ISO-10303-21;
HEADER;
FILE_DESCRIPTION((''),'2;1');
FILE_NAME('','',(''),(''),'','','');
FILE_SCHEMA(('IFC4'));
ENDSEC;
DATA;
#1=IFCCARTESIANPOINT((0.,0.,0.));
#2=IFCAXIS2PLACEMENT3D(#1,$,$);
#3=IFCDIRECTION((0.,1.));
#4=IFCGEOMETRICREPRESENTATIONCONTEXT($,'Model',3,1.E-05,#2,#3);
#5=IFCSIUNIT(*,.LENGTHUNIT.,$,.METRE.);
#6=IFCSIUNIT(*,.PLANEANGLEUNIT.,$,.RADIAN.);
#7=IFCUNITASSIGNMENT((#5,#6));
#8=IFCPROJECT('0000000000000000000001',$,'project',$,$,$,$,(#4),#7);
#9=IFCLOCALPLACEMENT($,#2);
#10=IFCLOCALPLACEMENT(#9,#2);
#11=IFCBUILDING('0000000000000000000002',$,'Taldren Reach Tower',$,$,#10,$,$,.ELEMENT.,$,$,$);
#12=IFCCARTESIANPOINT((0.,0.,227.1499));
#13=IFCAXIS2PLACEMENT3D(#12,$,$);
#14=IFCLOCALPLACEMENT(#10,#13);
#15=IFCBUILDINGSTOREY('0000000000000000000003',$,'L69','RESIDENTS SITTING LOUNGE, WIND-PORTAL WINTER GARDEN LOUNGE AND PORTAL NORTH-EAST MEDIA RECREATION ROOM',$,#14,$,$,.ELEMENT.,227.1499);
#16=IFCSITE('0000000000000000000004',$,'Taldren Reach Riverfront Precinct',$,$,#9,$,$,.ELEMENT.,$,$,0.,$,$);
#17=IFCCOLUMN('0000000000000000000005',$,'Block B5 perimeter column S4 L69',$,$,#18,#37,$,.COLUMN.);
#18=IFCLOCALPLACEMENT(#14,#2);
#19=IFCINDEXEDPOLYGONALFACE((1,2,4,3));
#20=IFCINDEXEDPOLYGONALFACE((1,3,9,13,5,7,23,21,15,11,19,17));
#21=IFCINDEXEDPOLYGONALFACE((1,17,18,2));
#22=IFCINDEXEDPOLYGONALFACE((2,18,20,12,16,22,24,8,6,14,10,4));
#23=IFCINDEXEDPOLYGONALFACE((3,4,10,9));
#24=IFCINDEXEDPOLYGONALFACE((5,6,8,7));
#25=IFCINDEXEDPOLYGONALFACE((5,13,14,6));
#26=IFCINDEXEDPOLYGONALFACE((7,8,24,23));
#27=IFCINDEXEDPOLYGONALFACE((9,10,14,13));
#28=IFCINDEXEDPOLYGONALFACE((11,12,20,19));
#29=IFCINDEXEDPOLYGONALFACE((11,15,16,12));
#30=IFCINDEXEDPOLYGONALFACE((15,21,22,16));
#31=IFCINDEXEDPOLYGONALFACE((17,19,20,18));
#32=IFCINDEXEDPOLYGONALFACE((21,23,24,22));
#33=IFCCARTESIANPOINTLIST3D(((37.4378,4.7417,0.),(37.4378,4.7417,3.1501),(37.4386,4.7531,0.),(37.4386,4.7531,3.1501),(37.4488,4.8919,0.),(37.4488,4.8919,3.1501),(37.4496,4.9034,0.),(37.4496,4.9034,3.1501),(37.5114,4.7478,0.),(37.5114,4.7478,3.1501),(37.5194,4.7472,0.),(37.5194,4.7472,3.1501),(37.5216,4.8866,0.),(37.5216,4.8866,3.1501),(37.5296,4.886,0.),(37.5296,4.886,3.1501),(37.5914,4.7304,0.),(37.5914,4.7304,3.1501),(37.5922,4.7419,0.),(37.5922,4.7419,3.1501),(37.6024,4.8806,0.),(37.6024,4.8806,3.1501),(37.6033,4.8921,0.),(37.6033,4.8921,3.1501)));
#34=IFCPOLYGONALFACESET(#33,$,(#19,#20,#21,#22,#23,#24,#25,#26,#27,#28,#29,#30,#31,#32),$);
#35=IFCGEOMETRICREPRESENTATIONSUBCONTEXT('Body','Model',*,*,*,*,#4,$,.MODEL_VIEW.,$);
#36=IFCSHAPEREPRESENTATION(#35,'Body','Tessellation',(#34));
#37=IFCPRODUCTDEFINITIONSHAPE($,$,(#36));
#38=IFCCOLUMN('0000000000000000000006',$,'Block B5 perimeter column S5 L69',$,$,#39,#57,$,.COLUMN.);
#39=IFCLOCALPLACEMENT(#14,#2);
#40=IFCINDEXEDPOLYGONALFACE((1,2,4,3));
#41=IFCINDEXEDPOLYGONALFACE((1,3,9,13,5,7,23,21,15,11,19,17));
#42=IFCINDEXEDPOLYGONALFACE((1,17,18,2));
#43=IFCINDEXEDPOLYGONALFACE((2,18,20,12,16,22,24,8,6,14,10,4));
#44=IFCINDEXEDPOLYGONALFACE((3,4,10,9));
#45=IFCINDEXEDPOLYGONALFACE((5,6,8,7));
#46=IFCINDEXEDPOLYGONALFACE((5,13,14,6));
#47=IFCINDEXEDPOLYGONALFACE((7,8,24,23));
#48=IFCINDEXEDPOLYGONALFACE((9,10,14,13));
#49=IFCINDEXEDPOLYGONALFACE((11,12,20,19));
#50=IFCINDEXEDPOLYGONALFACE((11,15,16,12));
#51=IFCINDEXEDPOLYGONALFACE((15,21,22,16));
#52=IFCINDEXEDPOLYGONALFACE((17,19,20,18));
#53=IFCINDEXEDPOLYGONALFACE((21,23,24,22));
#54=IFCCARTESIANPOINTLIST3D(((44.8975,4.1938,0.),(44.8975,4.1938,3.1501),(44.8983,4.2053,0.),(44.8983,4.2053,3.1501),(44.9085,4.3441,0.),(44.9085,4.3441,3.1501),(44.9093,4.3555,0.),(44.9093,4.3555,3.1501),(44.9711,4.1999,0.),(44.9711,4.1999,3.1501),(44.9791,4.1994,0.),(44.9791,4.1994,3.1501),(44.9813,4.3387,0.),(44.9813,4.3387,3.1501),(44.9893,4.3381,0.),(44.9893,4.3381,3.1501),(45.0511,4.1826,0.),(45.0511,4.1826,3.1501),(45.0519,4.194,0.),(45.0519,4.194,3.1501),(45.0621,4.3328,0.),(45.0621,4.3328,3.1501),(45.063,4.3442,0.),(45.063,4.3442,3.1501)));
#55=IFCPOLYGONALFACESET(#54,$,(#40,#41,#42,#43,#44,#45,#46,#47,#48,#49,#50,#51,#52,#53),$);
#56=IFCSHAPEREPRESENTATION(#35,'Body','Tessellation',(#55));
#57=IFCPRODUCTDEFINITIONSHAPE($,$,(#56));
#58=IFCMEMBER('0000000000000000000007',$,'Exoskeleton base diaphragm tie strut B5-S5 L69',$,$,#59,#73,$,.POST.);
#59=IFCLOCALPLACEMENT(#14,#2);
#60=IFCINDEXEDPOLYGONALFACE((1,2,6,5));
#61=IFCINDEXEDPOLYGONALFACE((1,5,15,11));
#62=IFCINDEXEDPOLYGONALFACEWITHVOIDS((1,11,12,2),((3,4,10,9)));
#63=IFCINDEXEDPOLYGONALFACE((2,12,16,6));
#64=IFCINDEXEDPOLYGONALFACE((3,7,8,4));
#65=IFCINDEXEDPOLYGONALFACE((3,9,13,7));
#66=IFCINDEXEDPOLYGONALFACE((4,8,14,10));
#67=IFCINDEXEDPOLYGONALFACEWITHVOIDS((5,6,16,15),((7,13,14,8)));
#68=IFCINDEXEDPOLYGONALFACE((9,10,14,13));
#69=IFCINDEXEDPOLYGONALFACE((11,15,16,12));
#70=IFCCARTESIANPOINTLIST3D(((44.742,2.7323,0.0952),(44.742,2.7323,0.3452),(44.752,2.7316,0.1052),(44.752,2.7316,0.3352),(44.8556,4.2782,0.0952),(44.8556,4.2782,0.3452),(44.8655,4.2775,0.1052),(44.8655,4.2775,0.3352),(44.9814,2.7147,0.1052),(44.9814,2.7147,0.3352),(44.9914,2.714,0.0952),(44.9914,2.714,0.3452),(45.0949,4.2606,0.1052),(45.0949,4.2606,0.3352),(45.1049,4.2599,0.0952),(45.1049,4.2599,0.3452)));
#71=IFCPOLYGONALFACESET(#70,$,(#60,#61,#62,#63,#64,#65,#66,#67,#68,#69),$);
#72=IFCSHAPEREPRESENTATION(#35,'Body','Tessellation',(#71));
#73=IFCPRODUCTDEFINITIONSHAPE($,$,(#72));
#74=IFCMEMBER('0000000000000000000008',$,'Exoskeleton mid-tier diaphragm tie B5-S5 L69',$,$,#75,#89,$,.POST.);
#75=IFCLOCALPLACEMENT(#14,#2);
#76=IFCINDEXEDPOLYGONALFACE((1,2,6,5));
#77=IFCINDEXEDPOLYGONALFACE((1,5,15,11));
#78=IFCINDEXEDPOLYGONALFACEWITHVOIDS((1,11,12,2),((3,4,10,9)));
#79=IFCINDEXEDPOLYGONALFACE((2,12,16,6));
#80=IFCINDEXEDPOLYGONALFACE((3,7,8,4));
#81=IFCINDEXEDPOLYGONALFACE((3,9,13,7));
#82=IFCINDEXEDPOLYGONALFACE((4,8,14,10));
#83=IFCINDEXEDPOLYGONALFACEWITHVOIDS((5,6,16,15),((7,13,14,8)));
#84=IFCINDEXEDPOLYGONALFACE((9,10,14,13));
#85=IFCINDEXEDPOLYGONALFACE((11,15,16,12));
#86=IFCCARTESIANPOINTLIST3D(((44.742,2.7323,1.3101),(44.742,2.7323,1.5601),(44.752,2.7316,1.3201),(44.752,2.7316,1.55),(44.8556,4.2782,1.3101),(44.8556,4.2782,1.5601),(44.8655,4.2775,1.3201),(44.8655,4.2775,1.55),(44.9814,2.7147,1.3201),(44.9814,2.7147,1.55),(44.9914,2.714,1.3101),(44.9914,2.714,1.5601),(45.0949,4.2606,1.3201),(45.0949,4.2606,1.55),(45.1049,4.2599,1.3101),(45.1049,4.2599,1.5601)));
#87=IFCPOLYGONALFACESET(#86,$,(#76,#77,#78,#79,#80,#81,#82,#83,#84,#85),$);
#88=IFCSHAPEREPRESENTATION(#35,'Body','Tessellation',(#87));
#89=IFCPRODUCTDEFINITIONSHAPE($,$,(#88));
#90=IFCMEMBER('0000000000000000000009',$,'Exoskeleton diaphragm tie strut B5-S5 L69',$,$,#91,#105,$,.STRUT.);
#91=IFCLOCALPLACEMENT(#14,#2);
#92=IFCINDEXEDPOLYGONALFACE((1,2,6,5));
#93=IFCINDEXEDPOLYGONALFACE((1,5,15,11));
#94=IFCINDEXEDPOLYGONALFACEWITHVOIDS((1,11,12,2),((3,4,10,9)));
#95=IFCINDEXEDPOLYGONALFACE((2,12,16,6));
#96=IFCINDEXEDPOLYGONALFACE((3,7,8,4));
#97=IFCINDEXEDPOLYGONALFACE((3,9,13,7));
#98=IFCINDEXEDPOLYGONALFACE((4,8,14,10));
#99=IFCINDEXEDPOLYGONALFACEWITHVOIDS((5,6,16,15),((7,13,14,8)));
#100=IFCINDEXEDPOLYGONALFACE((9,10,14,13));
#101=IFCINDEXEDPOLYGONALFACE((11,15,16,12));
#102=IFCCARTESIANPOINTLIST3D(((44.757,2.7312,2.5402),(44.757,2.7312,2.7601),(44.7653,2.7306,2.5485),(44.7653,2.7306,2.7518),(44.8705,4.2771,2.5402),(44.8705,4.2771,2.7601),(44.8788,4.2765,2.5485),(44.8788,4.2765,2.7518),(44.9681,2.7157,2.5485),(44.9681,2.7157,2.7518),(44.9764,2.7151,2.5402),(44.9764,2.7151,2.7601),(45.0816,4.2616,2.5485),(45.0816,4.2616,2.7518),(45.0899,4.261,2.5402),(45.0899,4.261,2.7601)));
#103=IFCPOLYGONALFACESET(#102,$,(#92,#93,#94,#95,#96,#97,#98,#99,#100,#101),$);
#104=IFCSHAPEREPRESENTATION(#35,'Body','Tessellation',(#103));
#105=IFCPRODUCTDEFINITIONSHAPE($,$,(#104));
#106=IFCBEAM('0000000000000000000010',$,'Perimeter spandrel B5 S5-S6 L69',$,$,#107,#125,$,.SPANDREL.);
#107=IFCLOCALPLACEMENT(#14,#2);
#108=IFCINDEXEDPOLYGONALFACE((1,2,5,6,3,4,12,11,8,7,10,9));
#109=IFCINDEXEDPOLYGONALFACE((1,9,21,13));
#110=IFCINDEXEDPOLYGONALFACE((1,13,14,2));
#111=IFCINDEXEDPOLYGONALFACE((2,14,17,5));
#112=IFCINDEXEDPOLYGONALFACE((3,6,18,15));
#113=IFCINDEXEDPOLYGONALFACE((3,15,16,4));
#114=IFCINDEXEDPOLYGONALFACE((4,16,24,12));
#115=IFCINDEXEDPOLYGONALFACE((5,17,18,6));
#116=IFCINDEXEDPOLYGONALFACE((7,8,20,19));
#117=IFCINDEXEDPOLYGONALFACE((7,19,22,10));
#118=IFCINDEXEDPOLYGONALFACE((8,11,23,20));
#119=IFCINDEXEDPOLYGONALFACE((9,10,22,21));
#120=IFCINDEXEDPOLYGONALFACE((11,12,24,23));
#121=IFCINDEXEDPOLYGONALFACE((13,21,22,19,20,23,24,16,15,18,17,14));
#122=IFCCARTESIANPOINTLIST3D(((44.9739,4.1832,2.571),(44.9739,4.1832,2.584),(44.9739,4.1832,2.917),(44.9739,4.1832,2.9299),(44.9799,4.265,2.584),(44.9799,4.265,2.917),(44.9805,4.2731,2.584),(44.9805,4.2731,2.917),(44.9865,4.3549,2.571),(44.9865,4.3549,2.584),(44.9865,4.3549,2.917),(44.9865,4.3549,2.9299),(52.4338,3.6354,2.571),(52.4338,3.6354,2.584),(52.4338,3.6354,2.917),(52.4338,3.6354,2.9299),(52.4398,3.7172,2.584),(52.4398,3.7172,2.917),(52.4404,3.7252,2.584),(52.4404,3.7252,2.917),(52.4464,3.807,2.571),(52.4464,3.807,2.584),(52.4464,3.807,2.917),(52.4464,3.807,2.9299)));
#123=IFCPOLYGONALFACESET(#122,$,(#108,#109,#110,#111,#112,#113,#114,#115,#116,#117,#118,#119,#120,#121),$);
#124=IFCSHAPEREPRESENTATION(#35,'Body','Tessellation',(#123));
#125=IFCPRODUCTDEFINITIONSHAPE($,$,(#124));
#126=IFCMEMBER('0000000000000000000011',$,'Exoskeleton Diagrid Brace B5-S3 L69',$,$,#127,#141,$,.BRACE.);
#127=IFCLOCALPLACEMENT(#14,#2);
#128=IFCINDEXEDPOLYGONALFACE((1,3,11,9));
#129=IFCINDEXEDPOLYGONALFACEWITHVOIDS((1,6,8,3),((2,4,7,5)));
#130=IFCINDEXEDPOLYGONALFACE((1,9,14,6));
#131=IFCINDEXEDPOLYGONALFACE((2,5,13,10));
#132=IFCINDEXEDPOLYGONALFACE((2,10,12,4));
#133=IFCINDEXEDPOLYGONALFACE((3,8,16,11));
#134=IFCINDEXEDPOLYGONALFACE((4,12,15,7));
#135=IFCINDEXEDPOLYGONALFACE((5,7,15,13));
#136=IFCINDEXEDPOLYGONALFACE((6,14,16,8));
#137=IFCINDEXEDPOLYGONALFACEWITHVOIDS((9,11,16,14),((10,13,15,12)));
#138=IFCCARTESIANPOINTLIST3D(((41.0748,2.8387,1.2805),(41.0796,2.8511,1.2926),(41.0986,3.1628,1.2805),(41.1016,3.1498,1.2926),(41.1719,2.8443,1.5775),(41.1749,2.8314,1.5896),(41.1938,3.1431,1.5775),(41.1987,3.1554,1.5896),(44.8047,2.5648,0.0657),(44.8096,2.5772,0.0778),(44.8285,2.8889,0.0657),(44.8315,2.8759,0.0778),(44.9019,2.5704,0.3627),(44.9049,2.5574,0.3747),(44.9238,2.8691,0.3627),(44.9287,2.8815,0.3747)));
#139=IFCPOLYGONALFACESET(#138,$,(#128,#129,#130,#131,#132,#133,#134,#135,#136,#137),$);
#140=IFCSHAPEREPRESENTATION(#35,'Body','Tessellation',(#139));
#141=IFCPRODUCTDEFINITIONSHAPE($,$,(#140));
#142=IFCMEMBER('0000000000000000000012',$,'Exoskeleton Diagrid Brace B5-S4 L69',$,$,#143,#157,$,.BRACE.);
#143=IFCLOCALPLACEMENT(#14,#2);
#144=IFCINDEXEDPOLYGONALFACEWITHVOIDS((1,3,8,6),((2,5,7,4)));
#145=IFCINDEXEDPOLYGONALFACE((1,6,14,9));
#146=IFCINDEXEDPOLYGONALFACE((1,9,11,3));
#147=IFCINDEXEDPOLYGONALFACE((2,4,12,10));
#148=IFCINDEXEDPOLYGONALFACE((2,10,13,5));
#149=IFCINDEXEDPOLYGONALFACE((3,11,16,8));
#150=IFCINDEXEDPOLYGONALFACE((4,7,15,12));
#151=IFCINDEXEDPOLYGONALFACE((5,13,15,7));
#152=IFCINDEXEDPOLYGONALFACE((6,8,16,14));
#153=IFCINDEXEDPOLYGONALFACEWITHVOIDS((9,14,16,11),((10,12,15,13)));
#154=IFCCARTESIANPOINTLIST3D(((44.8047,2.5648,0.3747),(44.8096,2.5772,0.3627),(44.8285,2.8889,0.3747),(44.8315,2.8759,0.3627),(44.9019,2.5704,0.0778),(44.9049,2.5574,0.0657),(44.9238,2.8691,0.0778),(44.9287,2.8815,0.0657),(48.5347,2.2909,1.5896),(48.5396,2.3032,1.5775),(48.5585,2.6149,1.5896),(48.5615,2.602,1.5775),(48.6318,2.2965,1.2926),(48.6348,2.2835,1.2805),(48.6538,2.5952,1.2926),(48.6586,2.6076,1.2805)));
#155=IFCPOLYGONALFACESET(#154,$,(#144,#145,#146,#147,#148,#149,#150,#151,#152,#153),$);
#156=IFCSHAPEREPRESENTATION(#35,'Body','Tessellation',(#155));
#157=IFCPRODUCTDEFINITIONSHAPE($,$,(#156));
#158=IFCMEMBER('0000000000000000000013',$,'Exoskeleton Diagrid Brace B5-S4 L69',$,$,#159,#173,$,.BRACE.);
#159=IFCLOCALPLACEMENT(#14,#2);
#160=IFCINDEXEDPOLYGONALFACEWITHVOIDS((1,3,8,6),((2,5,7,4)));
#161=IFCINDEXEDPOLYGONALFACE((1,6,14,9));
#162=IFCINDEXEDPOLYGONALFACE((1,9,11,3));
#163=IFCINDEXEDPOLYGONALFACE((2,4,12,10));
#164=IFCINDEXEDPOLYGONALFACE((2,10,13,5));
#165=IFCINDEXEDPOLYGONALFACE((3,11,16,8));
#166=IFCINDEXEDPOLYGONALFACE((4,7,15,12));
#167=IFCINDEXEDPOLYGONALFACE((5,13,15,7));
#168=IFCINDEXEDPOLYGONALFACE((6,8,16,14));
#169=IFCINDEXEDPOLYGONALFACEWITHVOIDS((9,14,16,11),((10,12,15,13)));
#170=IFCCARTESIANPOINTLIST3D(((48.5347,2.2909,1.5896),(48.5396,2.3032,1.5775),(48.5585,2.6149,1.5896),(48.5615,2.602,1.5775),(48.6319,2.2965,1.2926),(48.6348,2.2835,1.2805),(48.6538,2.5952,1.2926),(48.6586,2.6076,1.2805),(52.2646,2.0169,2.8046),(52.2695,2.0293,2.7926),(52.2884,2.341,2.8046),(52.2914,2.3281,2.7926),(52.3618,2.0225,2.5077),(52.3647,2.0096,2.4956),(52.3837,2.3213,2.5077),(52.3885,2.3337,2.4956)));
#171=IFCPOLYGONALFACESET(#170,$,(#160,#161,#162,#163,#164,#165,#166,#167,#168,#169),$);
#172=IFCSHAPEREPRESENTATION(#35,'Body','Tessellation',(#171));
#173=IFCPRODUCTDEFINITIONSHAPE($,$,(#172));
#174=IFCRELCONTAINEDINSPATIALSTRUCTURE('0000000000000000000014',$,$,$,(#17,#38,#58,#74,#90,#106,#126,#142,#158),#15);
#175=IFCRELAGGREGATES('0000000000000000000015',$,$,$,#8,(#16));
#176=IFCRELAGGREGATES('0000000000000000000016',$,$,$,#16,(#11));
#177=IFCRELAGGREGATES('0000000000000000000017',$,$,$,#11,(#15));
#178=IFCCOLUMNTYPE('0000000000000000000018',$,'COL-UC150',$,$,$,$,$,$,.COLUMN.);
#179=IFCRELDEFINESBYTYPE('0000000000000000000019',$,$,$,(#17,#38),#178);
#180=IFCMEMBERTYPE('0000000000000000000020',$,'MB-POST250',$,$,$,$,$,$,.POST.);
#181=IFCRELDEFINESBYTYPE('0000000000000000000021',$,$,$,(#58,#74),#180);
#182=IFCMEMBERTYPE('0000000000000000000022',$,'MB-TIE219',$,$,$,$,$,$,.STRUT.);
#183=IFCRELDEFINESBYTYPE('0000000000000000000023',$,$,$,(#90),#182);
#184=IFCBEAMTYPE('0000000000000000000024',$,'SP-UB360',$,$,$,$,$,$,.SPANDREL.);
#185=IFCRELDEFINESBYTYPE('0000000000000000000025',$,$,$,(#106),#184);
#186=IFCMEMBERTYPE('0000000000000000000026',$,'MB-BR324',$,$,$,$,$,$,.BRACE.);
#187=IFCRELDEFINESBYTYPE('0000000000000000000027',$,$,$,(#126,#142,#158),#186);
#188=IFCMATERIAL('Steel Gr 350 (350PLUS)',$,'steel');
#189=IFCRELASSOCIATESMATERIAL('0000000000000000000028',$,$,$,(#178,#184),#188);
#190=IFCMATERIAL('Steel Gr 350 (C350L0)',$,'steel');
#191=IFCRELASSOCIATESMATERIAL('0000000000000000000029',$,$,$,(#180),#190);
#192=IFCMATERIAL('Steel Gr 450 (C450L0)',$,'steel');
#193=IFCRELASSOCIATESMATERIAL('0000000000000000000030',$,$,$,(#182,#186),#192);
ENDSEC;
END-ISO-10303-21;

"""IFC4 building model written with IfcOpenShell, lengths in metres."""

from ifc_helpers import new_model, si_unit, direction, frame, origin, origin_2d, place, context, subcontext, project, spatial, hollow_rectangle, i_section, extrude, source, transform, mapped, material, material_profile, profile_set, type_object, element, save


model = new_model("IFC4")

# Units and contexts
model_context = context("Model", 3, precision=1e-05, world=origin(), true_north=direction((0.0, 1.0)))
body_context = subcontext(model_context, "Body", "Model", "MODEL_VIEW")
ifc_project = project(units=[si_unit("LENGTHUNIT", "METRE"), si_unit("PLANEANGLEUNIT", "RADIAN")], contexts=[model_context])

# Site, building, storey
site_placement = place(None, origin())
site = spatial("IfcSite", under=ifc_project, at=site_placement, Name="Taldren Reach Riverfront Precinct", CompositionType="ELEMENT", RefElevation=0.0)
building_placement = place(site_placement, origin())
building = spatial("IfcBuilding", under=site, at=building_placement, Name="Taldren Reach Tower", CompositionType="ELEMENT")
storey_placement = place(building_placement, frame((0.0, 0.0, 227.1499)))
storey = spatial("IfcBuildingStorey", under=building, at=storey_placement, Name="L69", Description="RESIDENTS SITTING LOUNGE, WIND-PORTAL WINTER GARDEN LOUNGE AND PORTAL NORTH-EAST MEDIA RECREATION ROOM", CompositionType="ELEMENT", Elevation=227.1499)

# Columns
ifc_material_1 = material(Name="Steel Gr 350 (350PLUS)", Category="steel")
ifc_material_profile_1 = material_profile(ifc_material_1, i_section(OverallWidth=0.1541, OverallDepth=0.1621, WebThickness=0.0081, FlangeThickness=0.0115, at=origin_2d()), Name="150UC37.2")
ifc_profile_set_1 = profile_set([ifc_material_profile_1], Name="Steel Gr 350 (350PLUS)")
column_type = type_object("IfcColumnType", Name="COL-UC150", PredefinedType="COLUMN", material=ifc_profile_set_1)
shared_shape_1 = source(origin(), body_context, "Body", "SweptSolid", [
    extrude(i_section(OverallWidth=0.1541, OverallDepth=0.1621, WebThickness=0.0081, FlangeThickness=0.0115, at=origin_2d()), origin(), (0.0, 0.0, 1.0), 3.1501),
])
for number, where, z_axis, x_axis, name in (
    (1, (37.5205, 4.8169, 0.0), (0.0, 0.0, 1.0), (0.997314, -0.073238, 0.0), "Block B5 perimeter column S4 L69"),
    (2, (44.9802, 4.269, 0.0), (0.0, 0.0, 1.0), (0.997314, -0.073238, 0.0), "Block B5 perimeter column S5 L69"),
):
    element("IfcColumn", number, at=place(storey_placement, frame(where, z_axis=z_axis, x_axis=x_axis)), inside=storey, type_object=column_type, Name=name, PredefinedType="COLUMN", context=body_context, shape_type="MappedRepresentation", body=[
        mapped(shared_shape_1, transform((0.0, 0.0, 0.0), scale=1.0)),
    ])

# Members
ifc_material_2 = material(Name="Steel Gr 350 (C350L0)", Category="steel")
ifc_material_profile_2 = material_profile(ifc_material_2, hollow_rectangle(XDim=0.25, YDim=0.25, WallThickness=0.01, at=origin_2d()), Name="250x250x10.0SHS")
ifc_profile_set_2 = profile_set([ifc_material_profile_2], Name="Steel Gr 350 (C350L0)")
member_type_1 = type_object("IfcMemberType", Name="MB-POST250", PredefinedType="POST", material=ifc_profile_set_2)
shared_shape_2 = source(origin(), body_context, "Body", "SweptSolid", [
    extrude(hollow_rectangle(XDim=0.25, YDim=0.25, WallThickness=0.01, at=origin_2d()), origin(), (0.0, 0.0, 1.0), 1.55),
])
for number, where, z_axis, x_axis, name in (
    (3, (44.9802, 4.269, 0.2202), (-0.073239, -0.997314, 0.0), (0.997314, -0.073239, 0.0), "Exoskeleton base diaphragm tie strut B5-S5 L69"),
    (4, (44.9802, 4.269, 1.4351), (-0.073239, -0.997314, 0.0), (0.997314, -0.073239, 0.0), "Exoskeleton mid-tier diaphragm tie B5-S5 L69"),
):
    element("IfcMember", number, at=place(storey_placement, frame(where, z_axis=z_axis, x_axis=x_axis)), inside=storey, type_object=member_type_1, Name=name, PredefinedType="POST", context=body_context, shape_type="MappedRepresentation", body=[
        mapped(shared_shape_2, transform((0.0, 0.0, 0.0), scale=1.0)),
    ])
ifc_material_3 = material(Name="Steel Gr 450 (C450L0)", Category="steel")
ifc_material_profile_3 = material_profile(ifc_material_3, hollow_rectangle(XDim=0.22, YDim=0.22, WallThickness=0.0083, at=origin_2d()), Name="220x220x8.2SHS")
ifc_profile_set_3 = profile_set([ifc_material_profile_3], Name="Steel Gr 450 (C450L0)")
member_type_2 = type_object("IfcMemberType", Name="MB-TIE219", PredefinedType="STRUT", material=ifc_profile_set_3)
shared_shape_3 = source(origin(), body_context, "Body", "SweptSolid", [
    extrude(hollow_rectangle(XDim=0.22, YDim=0.22, WallThickness=0.0083, at=origin_2d()), origin(), (0.0, 0.0, 1.0), 1.55),
])
member_1_placement = place(storey_placement, frame((44.9802, 4.269, 2.6501), z_axis=(-0.073239, -0.997314, 0.0), x_axis=(0.997314, -0.073239, 0.0)))
element("IfcMember", 5, at=member_1_placement, inside=storey, type_object=member_type_2, Name="Exoskeleton diaphragm tie strut B5-S5 L69", PredefinedType="STRUT", context=body_context, shape_type="MappedRepresentation", body=[
    mapped(shared_shape_3, transform((0.0, 0.0, 0.0), scale=1.0)),
])

# Beam
ifc_material_profile_4 = material_profile(ifc_material_1, i_section(OverallWidth=0.1721, OverallDepth=0.3589, WebThickness=0.0081, FlangeThickness=0.0129, at=origin_2d()), Name="360UB56.7")
ifc_profile_set_4 = profile_set([ifc_material_profile_4], Name="Steel Gr 350 (350PLUS)")
beam_type = type_object("IfcBeamType", Name="SP-UB360", PredefinedType="SPANDREL", material=ifc_profile_set_4)
shared_shape_4 = source(origin(), body_context, "Body", "SweptSolid", [
    extrude(i_section(OverallWidth=0.1721, OverallDepth=0.3589, WebThickness=0.0081, FlangeThickness=0.0129, at=origin_2d()), origin(), (0.0, 0.0, 1.0), 7.48),
])
beam_placement = place(storey_placement, frame((44.9802, 4.269, 2.7505), z_axis=(0.997314, -0.073242, 0.0), x_axis=(0.073242, 0.997314, 0.0)))
element("IfcBeam", 6, at=beam_placement, inside=storey, type_object=beam_type, Name="Perimeter spandrel B5 S5-S6 L69", PredefinedType="SPANDREL", context=body_context, shape_type="MappedRepresentation", body=[
    mapped(shared_shape_4, transform((0.0, 0.0, 0.0), scale=1.0)),
])

# Members
ifc_material_profile_5 = material_profile(ifc_material_3, hollow_rectangle(XDim=0.325, YDim=0.325, WallThickness=0.0127, at=origin_2d()), Name="325x325x12.7SHS")
ifc_profile_set_5 = profile_set([ifc_material_profile_5], Name="Steel Gr 450 (C450L0)")
member_type_3 = type_object("IfcMemberType", Name="MB-BR324", PredefinedType="BRACE", material=ifc_profile_set_5)
shared_shape_5 = source(origin(), body_context, "Body", "SweptSolid", [
    extrude(hollow_rectangle(XDim=0.325, YDim=0.325, WallThickness=0.0127, at=origin_2d()), origin(), (0.0, 0.0, 1.0), 3.9324),
])
for number, where, z_axis, x_axis, name in (
    (7, (44.8667, 2.7231, 0.2202), (-0.948529, 0.069659, 0.308933), (-0.073242, -0.997314, 0.0), "Exoskeleton Diagrid Brace B5-S3 L69"),
    (8, (44.8667, 2.7231, 0.2202), (0.948529, -0.069659, 0.308933), (0.073242, 0.997314, 0.0), "Exoskeleton Diagrid Brace B5-S4 L69"),
    (9, (48.5967, 2.4492, 1.4351), (0.948511, -0.069658, 0.308989), (0.073242, 0.997314, 0.0), "Exoskeleton Diagrid Brace B5-S4 L69"),
):
    element("IfcMember", number, at=place(storey_placement, frame(where, z_axis=z_axis, x_axis=x_axis)), inside=storey, type_object=member_type_3, Name=name, PredefinedType="BRACE", context=body_context, shape_type="MappedRepresentation", body=[
        mapped(shared_shape_5, transform((0.0, 0.0, 0.0), scale=1.0)),
    ])

save(model, "model.ifc")
